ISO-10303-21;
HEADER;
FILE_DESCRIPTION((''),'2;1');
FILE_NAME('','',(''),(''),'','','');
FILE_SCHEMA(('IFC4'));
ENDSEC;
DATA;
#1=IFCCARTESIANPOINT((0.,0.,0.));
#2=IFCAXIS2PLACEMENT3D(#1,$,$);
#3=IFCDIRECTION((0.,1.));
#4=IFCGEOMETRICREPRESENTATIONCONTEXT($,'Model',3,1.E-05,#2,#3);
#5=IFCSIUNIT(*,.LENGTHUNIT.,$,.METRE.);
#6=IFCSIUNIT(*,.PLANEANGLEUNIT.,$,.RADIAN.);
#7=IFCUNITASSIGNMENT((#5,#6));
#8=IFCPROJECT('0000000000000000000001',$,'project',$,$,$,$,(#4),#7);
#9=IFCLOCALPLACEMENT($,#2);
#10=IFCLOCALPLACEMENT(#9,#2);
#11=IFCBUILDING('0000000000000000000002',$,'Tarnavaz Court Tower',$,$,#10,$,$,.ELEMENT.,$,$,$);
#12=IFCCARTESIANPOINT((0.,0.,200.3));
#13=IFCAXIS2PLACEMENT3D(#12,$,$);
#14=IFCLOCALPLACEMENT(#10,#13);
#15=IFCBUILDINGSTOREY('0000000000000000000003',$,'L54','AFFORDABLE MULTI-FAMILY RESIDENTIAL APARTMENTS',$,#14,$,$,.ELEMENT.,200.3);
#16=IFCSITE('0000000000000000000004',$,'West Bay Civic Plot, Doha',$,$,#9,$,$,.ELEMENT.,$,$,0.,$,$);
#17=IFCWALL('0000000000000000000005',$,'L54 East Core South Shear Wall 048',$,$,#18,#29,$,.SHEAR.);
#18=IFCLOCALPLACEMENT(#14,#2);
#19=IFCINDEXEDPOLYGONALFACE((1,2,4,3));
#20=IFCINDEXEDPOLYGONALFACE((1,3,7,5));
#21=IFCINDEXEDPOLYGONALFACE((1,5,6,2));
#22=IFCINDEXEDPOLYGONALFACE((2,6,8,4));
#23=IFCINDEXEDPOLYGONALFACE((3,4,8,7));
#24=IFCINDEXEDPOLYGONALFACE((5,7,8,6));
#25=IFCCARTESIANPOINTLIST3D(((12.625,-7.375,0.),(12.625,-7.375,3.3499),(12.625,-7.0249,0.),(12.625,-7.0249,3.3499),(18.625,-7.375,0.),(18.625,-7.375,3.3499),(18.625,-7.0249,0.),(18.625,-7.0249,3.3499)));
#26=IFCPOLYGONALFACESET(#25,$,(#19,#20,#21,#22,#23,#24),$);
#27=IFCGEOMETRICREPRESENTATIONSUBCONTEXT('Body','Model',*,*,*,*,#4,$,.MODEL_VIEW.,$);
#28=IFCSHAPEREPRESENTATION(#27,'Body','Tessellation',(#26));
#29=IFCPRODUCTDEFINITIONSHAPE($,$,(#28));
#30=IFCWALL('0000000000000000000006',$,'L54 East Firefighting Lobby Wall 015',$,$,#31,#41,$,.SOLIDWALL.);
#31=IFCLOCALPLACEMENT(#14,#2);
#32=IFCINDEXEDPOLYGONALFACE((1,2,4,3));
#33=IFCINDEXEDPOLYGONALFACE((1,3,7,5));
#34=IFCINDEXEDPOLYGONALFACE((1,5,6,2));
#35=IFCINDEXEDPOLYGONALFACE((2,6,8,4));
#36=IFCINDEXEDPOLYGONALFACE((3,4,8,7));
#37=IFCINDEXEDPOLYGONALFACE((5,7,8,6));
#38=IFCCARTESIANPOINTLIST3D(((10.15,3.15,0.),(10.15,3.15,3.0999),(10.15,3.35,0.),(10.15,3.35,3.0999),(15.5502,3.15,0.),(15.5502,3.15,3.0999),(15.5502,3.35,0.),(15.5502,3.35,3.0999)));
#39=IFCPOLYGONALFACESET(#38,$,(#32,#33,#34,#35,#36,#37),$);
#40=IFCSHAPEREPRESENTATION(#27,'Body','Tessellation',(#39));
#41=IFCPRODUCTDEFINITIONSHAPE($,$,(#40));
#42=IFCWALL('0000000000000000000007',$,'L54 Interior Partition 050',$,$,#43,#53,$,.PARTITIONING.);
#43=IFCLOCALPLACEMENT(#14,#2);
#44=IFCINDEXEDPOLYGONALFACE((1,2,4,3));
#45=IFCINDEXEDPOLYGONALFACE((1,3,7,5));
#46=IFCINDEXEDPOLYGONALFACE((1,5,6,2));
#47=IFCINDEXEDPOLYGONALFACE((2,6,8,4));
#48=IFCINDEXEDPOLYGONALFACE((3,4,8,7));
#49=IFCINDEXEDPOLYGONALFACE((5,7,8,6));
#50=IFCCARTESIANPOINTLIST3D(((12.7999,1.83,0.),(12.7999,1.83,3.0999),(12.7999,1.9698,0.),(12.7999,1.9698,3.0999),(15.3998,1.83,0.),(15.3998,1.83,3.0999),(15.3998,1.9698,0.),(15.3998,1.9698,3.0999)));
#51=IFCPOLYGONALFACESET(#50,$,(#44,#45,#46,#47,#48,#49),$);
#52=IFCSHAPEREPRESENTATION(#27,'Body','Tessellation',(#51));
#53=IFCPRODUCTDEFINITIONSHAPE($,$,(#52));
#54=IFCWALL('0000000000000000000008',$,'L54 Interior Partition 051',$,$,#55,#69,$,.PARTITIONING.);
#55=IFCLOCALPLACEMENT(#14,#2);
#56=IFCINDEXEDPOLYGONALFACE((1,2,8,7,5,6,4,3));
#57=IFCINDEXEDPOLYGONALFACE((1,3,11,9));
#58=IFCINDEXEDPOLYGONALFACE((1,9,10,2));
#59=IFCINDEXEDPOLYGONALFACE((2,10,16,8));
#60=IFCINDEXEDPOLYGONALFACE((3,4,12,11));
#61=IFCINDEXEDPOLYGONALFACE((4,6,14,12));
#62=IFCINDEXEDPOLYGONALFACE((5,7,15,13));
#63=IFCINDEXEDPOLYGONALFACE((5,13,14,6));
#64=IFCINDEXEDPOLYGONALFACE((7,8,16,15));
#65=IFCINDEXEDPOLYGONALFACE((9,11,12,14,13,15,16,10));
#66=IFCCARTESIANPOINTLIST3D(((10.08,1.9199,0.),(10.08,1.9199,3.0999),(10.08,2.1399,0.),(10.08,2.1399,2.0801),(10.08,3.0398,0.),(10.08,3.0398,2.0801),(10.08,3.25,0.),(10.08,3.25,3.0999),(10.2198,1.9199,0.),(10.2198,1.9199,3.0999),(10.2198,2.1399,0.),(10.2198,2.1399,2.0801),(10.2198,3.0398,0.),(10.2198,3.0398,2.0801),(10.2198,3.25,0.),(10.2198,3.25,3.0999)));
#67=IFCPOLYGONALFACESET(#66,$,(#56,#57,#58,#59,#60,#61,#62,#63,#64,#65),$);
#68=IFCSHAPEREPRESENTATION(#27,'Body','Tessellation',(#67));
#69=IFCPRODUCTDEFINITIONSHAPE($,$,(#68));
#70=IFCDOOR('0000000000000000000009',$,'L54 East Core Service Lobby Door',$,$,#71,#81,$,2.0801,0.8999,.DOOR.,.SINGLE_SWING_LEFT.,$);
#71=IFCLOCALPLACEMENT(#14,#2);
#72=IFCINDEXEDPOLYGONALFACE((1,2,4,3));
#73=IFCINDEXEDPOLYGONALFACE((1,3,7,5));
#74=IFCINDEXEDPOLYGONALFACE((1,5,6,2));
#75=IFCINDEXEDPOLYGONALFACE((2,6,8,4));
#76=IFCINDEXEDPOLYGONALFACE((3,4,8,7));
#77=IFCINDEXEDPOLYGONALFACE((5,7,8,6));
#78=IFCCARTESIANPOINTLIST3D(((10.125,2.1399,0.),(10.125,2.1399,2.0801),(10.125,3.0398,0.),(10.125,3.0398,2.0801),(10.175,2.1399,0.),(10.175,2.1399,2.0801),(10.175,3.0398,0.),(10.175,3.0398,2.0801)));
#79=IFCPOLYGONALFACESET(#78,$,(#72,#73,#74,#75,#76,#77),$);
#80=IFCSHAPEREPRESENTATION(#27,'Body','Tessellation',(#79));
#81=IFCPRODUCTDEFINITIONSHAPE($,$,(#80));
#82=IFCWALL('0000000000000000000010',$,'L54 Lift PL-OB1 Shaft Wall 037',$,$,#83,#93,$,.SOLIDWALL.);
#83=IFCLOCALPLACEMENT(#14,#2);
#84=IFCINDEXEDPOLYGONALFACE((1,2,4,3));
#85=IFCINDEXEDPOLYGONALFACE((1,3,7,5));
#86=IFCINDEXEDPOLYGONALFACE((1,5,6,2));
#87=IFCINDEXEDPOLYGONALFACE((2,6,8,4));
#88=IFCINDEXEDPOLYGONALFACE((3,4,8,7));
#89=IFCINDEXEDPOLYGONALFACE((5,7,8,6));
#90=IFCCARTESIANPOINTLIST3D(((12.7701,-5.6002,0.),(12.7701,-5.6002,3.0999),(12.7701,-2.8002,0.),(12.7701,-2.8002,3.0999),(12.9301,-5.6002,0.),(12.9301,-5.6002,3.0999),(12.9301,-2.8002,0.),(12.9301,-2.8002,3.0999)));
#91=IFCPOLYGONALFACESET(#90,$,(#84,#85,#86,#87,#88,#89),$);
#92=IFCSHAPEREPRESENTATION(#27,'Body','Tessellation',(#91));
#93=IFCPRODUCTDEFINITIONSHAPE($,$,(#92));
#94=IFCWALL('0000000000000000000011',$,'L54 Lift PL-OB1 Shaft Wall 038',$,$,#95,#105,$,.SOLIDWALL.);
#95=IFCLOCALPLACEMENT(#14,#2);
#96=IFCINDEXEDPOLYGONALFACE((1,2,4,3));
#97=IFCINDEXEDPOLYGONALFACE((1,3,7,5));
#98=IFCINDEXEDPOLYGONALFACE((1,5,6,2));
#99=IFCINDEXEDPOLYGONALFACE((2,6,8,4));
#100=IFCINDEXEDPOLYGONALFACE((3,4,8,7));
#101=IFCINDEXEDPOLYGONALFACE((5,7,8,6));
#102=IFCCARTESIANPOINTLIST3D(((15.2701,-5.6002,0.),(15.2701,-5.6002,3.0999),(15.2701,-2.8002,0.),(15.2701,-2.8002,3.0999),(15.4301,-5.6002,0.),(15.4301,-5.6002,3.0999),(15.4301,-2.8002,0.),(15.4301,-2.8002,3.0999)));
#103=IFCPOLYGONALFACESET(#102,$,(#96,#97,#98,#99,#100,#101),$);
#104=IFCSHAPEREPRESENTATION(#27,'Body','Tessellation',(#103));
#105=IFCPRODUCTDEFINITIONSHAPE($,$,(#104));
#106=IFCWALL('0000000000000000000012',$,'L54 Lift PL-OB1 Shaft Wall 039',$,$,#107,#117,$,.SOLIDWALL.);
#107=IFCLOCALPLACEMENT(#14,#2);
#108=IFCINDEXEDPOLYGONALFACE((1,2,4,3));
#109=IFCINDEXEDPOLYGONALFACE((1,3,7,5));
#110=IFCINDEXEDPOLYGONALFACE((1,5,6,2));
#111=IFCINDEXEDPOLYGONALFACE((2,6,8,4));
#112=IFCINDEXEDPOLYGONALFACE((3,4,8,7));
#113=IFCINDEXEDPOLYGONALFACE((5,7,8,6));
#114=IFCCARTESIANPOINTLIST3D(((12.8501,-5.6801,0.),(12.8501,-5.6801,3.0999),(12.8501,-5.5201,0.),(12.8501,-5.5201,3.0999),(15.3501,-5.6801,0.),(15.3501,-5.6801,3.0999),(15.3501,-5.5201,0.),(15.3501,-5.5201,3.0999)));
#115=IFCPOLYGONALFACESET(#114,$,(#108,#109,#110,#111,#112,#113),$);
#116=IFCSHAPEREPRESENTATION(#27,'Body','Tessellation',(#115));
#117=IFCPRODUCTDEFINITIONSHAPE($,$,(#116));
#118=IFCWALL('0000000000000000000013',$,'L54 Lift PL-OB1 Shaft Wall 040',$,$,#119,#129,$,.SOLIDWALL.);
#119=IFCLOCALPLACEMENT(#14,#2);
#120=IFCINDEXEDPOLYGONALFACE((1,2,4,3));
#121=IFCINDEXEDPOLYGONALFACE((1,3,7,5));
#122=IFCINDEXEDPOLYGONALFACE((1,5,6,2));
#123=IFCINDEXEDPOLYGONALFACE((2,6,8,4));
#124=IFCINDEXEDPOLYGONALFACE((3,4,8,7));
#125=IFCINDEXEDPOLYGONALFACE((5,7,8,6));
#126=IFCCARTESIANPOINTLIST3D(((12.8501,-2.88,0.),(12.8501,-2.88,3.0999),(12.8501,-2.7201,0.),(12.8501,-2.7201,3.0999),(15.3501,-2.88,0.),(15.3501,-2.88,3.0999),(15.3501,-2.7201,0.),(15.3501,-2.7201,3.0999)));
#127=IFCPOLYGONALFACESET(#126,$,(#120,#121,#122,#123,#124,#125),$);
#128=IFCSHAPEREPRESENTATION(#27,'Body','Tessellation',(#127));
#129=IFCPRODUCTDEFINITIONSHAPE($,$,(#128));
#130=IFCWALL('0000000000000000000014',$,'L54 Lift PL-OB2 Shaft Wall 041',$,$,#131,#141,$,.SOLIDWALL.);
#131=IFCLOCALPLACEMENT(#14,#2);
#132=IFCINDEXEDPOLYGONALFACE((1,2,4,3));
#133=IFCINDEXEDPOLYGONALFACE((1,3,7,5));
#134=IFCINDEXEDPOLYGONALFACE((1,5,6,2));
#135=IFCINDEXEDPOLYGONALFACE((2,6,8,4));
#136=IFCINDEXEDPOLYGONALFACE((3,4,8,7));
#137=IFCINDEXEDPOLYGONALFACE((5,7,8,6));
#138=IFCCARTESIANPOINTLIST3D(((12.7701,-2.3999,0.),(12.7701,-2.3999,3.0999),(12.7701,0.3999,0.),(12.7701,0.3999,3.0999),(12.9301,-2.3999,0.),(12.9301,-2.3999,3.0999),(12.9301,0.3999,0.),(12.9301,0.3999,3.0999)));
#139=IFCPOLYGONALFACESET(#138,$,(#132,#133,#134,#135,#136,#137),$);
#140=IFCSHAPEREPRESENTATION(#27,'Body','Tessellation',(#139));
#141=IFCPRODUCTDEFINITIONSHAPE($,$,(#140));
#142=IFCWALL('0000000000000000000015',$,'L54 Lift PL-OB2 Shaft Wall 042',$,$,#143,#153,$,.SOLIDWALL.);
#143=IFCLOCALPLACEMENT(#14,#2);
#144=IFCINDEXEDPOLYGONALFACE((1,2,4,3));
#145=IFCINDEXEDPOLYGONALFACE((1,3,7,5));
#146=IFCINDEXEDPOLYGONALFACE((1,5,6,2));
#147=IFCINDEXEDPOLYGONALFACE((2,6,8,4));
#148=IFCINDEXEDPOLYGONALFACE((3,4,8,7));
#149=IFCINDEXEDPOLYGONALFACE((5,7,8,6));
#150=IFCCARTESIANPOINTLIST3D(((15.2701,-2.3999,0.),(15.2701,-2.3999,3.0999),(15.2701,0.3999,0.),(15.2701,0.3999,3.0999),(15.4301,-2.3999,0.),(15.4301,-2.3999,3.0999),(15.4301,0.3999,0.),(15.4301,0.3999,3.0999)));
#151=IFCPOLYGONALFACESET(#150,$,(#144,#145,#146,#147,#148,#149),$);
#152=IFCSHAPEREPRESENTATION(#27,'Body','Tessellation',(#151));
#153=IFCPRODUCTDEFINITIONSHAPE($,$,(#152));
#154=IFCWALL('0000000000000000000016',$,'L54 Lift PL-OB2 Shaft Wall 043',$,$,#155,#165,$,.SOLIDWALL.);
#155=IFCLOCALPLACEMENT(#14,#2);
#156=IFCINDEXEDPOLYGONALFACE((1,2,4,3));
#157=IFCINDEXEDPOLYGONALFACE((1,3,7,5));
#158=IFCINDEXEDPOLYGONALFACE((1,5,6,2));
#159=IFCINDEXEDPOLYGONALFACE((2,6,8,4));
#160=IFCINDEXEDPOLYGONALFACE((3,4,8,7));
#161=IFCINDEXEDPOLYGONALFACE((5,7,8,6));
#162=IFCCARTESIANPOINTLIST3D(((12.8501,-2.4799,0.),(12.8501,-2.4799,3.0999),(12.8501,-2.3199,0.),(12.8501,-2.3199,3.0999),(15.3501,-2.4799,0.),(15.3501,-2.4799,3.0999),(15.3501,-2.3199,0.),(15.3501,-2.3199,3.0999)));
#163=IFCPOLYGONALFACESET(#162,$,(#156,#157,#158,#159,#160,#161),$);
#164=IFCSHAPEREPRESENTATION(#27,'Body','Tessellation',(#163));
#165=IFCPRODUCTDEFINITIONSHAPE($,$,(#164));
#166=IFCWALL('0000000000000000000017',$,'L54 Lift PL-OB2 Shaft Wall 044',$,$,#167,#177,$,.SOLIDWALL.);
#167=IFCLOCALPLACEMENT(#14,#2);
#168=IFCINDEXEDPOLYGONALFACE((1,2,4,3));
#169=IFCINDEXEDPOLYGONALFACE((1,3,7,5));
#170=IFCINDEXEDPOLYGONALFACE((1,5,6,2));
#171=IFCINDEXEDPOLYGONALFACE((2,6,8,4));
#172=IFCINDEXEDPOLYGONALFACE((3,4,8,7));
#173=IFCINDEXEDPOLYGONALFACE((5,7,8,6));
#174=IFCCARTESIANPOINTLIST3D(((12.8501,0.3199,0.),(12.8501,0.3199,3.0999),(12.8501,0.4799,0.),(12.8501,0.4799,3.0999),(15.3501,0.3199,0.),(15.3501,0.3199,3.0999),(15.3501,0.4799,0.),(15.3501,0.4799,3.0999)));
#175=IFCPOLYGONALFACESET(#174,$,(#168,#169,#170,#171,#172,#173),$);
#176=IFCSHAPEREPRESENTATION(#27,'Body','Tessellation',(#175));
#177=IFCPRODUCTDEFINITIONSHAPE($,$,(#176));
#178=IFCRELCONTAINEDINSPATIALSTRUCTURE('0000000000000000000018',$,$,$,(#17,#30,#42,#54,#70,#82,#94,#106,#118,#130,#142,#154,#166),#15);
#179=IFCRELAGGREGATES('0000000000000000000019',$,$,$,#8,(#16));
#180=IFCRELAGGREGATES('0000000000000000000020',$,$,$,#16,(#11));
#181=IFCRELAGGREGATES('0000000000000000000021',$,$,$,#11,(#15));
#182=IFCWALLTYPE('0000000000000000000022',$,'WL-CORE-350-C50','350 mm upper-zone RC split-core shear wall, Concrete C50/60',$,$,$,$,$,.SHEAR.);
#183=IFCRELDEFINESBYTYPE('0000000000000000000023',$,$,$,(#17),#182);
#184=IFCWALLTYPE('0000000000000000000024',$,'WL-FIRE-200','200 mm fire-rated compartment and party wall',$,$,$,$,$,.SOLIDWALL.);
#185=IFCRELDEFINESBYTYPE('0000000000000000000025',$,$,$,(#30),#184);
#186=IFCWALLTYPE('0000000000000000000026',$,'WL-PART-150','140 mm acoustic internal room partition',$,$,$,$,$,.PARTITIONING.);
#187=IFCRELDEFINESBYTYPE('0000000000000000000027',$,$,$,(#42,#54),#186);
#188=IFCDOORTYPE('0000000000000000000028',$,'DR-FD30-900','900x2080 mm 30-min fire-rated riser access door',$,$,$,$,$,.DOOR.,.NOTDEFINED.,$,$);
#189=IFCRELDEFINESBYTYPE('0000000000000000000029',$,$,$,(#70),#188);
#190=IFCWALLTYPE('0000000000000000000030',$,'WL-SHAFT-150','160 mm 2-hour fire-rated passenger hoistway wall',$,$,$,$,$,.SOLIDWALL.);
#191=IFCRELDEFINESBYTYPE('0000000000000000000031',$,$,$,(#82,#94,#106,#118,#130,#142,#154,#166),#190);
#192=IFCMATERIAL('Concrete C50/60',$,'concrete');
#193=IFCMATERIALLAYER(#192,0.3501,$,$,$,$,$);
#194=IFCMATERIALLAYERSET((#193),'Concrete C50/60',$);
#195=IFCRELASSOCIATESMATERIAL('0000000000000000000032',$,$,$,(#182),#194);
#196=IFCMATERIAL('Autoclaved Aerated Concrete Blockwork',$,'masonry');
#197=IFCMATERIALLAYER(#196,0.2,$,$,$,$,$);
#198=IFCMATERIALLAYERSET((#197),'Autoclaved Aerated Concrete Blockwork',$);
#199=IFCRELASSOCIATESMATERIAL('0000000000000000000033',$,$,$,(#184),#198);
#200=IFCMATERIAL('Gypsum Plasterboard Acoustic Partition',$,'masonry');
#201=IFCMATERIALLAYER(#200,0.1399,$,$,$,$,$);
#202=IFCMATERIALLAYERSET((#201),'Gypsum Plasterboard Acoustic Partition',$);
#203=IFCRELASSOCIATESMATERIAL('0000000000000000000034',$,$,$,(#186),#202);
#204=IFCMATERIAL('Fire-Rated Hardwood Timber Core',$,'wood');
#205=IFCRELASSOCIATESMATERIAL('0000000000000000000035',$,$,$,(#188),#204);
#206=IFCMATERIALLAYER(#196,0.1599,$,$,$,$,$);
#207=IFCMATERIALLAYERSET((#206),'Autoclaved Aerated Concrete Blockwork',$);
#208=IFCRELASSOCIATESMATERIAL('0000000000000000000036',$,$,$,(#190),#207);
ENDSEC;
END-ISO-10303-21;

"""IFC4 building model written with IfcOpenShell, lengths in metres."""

from ifc_helpers import new_model, si_unit, direction, frame, frame_2d, origin, place, context, subcontext, project, spatial, rectangle, extrude, material, layer, layer_set, type_object, element, fill, save


model = new_model("IFC4")

# Units and contexts
model_context = context("Model", 3, precision=1e-05, world=origin(), true_north=direction((0.0, 1.0)))
body_context = subcontext(model_context, "Body", "Model", "MODEL_VIEW")
ifc_project = project(units=[si_unit("LENGTHUNIT", "METRE"), si_unit("PLANEANGLEUNIT", "RADIAN")], contexts=[model_context])

# Site, building, storey
site_placement = place(None, origin())
site = spatial("IfcSite", under=ifc_project, at=site_placement, Name="West Bay Civic Plot, Doha", CompositionType="ELEMENT", RefElevation=0.0)
building_placement = place(site_placement, origin())
building = spatial("IfcBuilding", under=site, at=building_placement, Name="Tarnavaz Court Tower", CompositionType="ELEMENT")
storey_placement = place(building_placement, frame((0.0, 0.0, 200.3)))
storey = spatial("IfcBuildingStorey", under=building, at=storey_placement, Name="L54", Description="AFFORDABLE MULTI-FAMILY RESIDENTIAL APARTMENTS", CompositionType="ELEMENT", Elevation=200.3)

# Shared definitions
ifc_material_1 = material(Name="Concrete C50/60", Category="concrete")

# Walls
ifc_layer_1 = layer(ifc_material_1, 0.3501)
ifc_layer_set_1 = layer_set([ifc_layer_1], Name="Concrete C50/60")
wall_type_1 = type_object("IfcWallType", Name="WL-CORE-350-C50", Description="350 mm upper-zone RC split-core shear wall, Concrete C50/60", PredefinedType="SHEAR", material=ifc_layer_set_1)
wall_1_placement = place(storey_placement, frame((12.625, -7.2, 0.0), z_axis=(0.0, 0.0, 1.0), x_axis=(1.0, 0.0, 0.0)))
element("IfcWall", 1, at=wall_1_placement, inside=storey, type_object=wall_type_1, Name="L54 East Core South Shear Wall 048", PredefinedType="SHEAR", context=body_context, shape_type="SweptSolid", body=[
    extrude(rectangle(XDim=6.0, YDim=0.3501, at=frame_2d((3.0, 0.0))), origin(), (0.0, 0.0, 1.0), 3.3499),
])
ifc_material_2 = material(Name="Autoclaved Aerated Concrete Blockwork", Category="masonry")
ifc_layer_2 = layer(ifc_material_2, 0.2)
ifc_layer_set_2 = layer_set([ifc_layer_2], Name="Autoclaved Aerated Concrete Blockwork")
wall_type_2 = type_object("IfcWallType", Name="WL-FIRE-200", Description="200 mm fire-rated compartment and party wall", PredefinedType="SOLIDWALL", material=ifc_layer_set_2)
wall_2_placement = place(storey_placement, frame((10.1499, 3.25, 0.0), z_axis=(0.0, 0.0, 1.0), x_axis=(1.0, 0.0, 0.0)))
element("IfcWall", 2, at=wall_2_placement, inside=storey, type_object=wall_type_2, Name="L54 East Firefighting Lobby Wall 015", PredefinedType="SOLIDWALL", context=body_context, shape_type="SweptSolid", body=[
    extrude(rectangle(XDim=5.4001, YDim=0.2, at=frame_2d((2.7002, 0.0))), origin(), (0.0, 0.0, 1.0), 3.0999),
])

# Shared definitions
ifc_material_3 = material(Name="Fire-Rated Hardwood Timber Core", Category="wood")

# Wall
ifc_material_4 = material(Name="Gypsum Plasterboard Acoustic Partition", Category="masonry")
ifc_layer_3 = layer(ifc_material_4, 0.1399)
ifc_layer_set_3 = layer_set([ifc_layer_3], Name="Gypsum Plasterboard Acoustic Partition")
wall_type_3 = type_object("IfcWallType", Name="WL-PART-150", Description="140 mm acoustic internal room partition", PredefinedType="PARTITIONING", material=ifc_layer_set_3)
wall_3_placement = place(storey_placement, frame((12.8, 1.8999, 0.0), z_axis=(0.0, 0.0, 1.0), x_axis=(1.0, 0.0, 0.0)))
element("IfcWall", 3, at=wall_3_placement, inside=storey, type_object=wall_type_3, Name="L54 Interior Partition 050", PredefinedType="PARTITIONING", context=body_context, shape_type="SweptSolid", body=[
    extrude(rectangle(XDim=2.5999, YDim=0.1399, at=frame_2d((1.2998, 0.0))), origin(), (0.0, 0.0, 1.0), 3.0999),
])

# Wall, opening, door
wall_4_placement = place(storey_placement, frame((10.1499, 1.9199, 0.0), z_axis=(0.0, 0.0, 1.0), x_axis=(0.0, 1.0, 0.0)))
wall_4 = element("IfcWall", 4, at=wall_4_placement, inside=storey, type_object=wall_type_3, Name="L54 Interior Partition 051", PredefinedType="PARTITIONING", context=body_context, shape_type="SweptSolid", body=[
    extrude(rectangle(XDim=1.3301, YDim=0.1399, at=frame_2d((0.665, 0.0))), origin(), (0.0, 0.0, 1.0), 3.0999),
])
opening_1_placement = place(wall_4_placement, frame((0.22, 0.0, 0.0)))
opening_1 = element("IfcOpeningElement", 5, at=opening_1_placement, cuts=wall_4, PredefinedType="OPENING", context=body_context, shape_type="SweptSolid", body=[
    extrude(rectangle(XDim=0.8999, YDim=2.0801, at=frame_2d((0.45, 1.04))), frame((0.0, 0.0798, 0.0), z_axis=(0.0, -1.0, 0.0), x_axis=(1.0, 0.0, 0.0)), (0.0, 0.0, 1.0), 0.1599),
])
door_type_1 = type_object("IfcDoorType", Name="DR-FD30-900", Description="900x2080 mm 30-min fire-rated riser access door", OperationType="NOTDEFINED", PredefinedType="DOOR", material=ifc_material_3)
door_1_placement = place(opening_1_placement, origin())
door_1 = element("IfcDoor", 6, at=door_1_placement, inside=storey, type_object=door_type_1, Name="L54 East Core Service Lobby Door", OperationType="SINGLE_SWING_LEFT", OverallHeight=2.0801, OverallWidth=0.8999, PredefinedType="DOOR", context=body_context, shape_type="SweptSolid", body=[
    extrude(rectangle(XDim=0.8999, YDim=2.0801, at=frame_2d((0.45, 1.04))), frame((0.0, 0.0249, 0.0), z_axis=(0.0, -1.0, 0.0), x_axis=(1.0, 0.0, 0.0)), (0.0, 0.0, 1.0), 0.05),
])
fill(opening_1, door_1)

# Walls
ifc_layer_4 = layer(ifc_material_2, 0.1599)
ifc_layer_set_4 = layer_set([ifc_layer_4], Name="Autoclaved Aerated Concrete Blockwork")
wall_type_4 = type_object("IfcWallType", Name="WL-SHAFT-150", Description="160 mm 2-hour fire-rated passenger hoistway wall", PredefinedType="SOLIDWALL", material=ifc_layer_set_4)
for number, where, z_axis, x_axis, name in (
    (7, (12.8501, -5.6001, 0.0), (0.0, 0.0, 1.0), (0.0, 1.0, 0.0), "L54 Lift PL-OB1 Shaft Wall 037"),
    (8, (15.3501, -5.6001, 0.0), (0.0, 0.0, 1.0), (0.0, 1.0, 0.0), "L54 Lift PL-OB1 Shaft Wall 038"),
):
    element("IfcWall", number, at=place(storey_placement, frame(where, z_axis=z_axis, x_axis=x_axis)), inside=storey, type_object=wall_type_4, Name=name, PredefinedType="SOLIDWALL", context=body_context, shape_type="SweptSolid", body=[
        extrude(rectangle(XDim=2.8, YDim=0.1599, at=frame_2d((1.3999, 0.0))), origin(), (0.0, 0.0, 1.0), 3.0999),
    ])
for number, where, z_axis, x_axis, name in (
    (9, (12.8501, -5.6001, 0.0), (0.0, 0.0, 1.0), (1.0, 0.0, 0.0), "L54 Lift PL-OB1 Shaft Wall 039"),
    (10, (12.8501, -2.8, 0.0), (0.0, 0.0, 1.0), (1.0, 0.0, 0.0), "L54 Lift PL-OB1 Shaft Wall 040"),
):
    element("IfcWall", number, at=place(storey_placement, frame(where, z_axis=z_axis, x_axis=x_axis)), inside=storey, type_object=wall_type_4, Name=name, PredefinedType="SOLIDWALL", context=body_context, shape_type="SweptSolid", body=[
        extrude(rectangle(XDim=2.5, YDim=0.1599, at=frame_2d((1.25, 0.0))), origin(), (0.0, 0.0, 1.0), 3.0999),
    ])
for number, where, z_axis, x_axis, name in (
    (11, (12.8501, -2.3999, 0.0), (0.0, 0.0, 1.0), (0.0, 1.0, 0.0), "L54 Lift PL-OB2 Shaft Wall 041"),
    (12, (15.3501, -2.3999, 0.0), (0.0, 0.0, 1.0), (0.0, 1.0, 0.0), "L54 Lift PL-OB2 Shaft Wall 042"),
):
    element("IfcWall", number, at=place(storey_placement, frame(where, z_axis=z_axis, x_axis=x_axis)), inside=storey, type_object=wall_type_4, Name=name, PredefinedType="SOLIDWALL", context=body_context, shape_type="SweptSolid", body=[
        extrude(rectangle(XDim=2.7998, YDim=0.1599, at=frame_2d((1.3999, 0.0))), origin(), (0.0, 0.0, 1.0), 3.0999),
    ])
for number, where, z_axis, x_axis, name in (
    (13, (12.8501, -2.3999, 0.0), (0.0, 0.0, 1.0), (1.0, 0.0, 0.0), "L54 Lift PL-OB2 Shaft Wall 043"),
    (14, (12.8501, 0.3999, 0.0), (0.0, 0.0, 1.0), (1.0, 0.0, 0.0), "L54 Lift PL-OB2 Shaft Wall 044"),
):
    element("IfcWall", number, at=place(storey_placement, frame(where, z_axis=z_axis, x_axis=x_axis)), inside=storey, type_object=wall_type_4, Name=name, PredefinedType="SOLIDWALL", context=body_context, shape_type="SweptSolid", body=[
        extrude(rectangle(XDim=2.5, YDim=0.1599, at=frame_2d((1.25, 0.0))), origin(), (0.0, 0.0, 1.0), 3.0999),
    ])

save(model, "model.ifc")
